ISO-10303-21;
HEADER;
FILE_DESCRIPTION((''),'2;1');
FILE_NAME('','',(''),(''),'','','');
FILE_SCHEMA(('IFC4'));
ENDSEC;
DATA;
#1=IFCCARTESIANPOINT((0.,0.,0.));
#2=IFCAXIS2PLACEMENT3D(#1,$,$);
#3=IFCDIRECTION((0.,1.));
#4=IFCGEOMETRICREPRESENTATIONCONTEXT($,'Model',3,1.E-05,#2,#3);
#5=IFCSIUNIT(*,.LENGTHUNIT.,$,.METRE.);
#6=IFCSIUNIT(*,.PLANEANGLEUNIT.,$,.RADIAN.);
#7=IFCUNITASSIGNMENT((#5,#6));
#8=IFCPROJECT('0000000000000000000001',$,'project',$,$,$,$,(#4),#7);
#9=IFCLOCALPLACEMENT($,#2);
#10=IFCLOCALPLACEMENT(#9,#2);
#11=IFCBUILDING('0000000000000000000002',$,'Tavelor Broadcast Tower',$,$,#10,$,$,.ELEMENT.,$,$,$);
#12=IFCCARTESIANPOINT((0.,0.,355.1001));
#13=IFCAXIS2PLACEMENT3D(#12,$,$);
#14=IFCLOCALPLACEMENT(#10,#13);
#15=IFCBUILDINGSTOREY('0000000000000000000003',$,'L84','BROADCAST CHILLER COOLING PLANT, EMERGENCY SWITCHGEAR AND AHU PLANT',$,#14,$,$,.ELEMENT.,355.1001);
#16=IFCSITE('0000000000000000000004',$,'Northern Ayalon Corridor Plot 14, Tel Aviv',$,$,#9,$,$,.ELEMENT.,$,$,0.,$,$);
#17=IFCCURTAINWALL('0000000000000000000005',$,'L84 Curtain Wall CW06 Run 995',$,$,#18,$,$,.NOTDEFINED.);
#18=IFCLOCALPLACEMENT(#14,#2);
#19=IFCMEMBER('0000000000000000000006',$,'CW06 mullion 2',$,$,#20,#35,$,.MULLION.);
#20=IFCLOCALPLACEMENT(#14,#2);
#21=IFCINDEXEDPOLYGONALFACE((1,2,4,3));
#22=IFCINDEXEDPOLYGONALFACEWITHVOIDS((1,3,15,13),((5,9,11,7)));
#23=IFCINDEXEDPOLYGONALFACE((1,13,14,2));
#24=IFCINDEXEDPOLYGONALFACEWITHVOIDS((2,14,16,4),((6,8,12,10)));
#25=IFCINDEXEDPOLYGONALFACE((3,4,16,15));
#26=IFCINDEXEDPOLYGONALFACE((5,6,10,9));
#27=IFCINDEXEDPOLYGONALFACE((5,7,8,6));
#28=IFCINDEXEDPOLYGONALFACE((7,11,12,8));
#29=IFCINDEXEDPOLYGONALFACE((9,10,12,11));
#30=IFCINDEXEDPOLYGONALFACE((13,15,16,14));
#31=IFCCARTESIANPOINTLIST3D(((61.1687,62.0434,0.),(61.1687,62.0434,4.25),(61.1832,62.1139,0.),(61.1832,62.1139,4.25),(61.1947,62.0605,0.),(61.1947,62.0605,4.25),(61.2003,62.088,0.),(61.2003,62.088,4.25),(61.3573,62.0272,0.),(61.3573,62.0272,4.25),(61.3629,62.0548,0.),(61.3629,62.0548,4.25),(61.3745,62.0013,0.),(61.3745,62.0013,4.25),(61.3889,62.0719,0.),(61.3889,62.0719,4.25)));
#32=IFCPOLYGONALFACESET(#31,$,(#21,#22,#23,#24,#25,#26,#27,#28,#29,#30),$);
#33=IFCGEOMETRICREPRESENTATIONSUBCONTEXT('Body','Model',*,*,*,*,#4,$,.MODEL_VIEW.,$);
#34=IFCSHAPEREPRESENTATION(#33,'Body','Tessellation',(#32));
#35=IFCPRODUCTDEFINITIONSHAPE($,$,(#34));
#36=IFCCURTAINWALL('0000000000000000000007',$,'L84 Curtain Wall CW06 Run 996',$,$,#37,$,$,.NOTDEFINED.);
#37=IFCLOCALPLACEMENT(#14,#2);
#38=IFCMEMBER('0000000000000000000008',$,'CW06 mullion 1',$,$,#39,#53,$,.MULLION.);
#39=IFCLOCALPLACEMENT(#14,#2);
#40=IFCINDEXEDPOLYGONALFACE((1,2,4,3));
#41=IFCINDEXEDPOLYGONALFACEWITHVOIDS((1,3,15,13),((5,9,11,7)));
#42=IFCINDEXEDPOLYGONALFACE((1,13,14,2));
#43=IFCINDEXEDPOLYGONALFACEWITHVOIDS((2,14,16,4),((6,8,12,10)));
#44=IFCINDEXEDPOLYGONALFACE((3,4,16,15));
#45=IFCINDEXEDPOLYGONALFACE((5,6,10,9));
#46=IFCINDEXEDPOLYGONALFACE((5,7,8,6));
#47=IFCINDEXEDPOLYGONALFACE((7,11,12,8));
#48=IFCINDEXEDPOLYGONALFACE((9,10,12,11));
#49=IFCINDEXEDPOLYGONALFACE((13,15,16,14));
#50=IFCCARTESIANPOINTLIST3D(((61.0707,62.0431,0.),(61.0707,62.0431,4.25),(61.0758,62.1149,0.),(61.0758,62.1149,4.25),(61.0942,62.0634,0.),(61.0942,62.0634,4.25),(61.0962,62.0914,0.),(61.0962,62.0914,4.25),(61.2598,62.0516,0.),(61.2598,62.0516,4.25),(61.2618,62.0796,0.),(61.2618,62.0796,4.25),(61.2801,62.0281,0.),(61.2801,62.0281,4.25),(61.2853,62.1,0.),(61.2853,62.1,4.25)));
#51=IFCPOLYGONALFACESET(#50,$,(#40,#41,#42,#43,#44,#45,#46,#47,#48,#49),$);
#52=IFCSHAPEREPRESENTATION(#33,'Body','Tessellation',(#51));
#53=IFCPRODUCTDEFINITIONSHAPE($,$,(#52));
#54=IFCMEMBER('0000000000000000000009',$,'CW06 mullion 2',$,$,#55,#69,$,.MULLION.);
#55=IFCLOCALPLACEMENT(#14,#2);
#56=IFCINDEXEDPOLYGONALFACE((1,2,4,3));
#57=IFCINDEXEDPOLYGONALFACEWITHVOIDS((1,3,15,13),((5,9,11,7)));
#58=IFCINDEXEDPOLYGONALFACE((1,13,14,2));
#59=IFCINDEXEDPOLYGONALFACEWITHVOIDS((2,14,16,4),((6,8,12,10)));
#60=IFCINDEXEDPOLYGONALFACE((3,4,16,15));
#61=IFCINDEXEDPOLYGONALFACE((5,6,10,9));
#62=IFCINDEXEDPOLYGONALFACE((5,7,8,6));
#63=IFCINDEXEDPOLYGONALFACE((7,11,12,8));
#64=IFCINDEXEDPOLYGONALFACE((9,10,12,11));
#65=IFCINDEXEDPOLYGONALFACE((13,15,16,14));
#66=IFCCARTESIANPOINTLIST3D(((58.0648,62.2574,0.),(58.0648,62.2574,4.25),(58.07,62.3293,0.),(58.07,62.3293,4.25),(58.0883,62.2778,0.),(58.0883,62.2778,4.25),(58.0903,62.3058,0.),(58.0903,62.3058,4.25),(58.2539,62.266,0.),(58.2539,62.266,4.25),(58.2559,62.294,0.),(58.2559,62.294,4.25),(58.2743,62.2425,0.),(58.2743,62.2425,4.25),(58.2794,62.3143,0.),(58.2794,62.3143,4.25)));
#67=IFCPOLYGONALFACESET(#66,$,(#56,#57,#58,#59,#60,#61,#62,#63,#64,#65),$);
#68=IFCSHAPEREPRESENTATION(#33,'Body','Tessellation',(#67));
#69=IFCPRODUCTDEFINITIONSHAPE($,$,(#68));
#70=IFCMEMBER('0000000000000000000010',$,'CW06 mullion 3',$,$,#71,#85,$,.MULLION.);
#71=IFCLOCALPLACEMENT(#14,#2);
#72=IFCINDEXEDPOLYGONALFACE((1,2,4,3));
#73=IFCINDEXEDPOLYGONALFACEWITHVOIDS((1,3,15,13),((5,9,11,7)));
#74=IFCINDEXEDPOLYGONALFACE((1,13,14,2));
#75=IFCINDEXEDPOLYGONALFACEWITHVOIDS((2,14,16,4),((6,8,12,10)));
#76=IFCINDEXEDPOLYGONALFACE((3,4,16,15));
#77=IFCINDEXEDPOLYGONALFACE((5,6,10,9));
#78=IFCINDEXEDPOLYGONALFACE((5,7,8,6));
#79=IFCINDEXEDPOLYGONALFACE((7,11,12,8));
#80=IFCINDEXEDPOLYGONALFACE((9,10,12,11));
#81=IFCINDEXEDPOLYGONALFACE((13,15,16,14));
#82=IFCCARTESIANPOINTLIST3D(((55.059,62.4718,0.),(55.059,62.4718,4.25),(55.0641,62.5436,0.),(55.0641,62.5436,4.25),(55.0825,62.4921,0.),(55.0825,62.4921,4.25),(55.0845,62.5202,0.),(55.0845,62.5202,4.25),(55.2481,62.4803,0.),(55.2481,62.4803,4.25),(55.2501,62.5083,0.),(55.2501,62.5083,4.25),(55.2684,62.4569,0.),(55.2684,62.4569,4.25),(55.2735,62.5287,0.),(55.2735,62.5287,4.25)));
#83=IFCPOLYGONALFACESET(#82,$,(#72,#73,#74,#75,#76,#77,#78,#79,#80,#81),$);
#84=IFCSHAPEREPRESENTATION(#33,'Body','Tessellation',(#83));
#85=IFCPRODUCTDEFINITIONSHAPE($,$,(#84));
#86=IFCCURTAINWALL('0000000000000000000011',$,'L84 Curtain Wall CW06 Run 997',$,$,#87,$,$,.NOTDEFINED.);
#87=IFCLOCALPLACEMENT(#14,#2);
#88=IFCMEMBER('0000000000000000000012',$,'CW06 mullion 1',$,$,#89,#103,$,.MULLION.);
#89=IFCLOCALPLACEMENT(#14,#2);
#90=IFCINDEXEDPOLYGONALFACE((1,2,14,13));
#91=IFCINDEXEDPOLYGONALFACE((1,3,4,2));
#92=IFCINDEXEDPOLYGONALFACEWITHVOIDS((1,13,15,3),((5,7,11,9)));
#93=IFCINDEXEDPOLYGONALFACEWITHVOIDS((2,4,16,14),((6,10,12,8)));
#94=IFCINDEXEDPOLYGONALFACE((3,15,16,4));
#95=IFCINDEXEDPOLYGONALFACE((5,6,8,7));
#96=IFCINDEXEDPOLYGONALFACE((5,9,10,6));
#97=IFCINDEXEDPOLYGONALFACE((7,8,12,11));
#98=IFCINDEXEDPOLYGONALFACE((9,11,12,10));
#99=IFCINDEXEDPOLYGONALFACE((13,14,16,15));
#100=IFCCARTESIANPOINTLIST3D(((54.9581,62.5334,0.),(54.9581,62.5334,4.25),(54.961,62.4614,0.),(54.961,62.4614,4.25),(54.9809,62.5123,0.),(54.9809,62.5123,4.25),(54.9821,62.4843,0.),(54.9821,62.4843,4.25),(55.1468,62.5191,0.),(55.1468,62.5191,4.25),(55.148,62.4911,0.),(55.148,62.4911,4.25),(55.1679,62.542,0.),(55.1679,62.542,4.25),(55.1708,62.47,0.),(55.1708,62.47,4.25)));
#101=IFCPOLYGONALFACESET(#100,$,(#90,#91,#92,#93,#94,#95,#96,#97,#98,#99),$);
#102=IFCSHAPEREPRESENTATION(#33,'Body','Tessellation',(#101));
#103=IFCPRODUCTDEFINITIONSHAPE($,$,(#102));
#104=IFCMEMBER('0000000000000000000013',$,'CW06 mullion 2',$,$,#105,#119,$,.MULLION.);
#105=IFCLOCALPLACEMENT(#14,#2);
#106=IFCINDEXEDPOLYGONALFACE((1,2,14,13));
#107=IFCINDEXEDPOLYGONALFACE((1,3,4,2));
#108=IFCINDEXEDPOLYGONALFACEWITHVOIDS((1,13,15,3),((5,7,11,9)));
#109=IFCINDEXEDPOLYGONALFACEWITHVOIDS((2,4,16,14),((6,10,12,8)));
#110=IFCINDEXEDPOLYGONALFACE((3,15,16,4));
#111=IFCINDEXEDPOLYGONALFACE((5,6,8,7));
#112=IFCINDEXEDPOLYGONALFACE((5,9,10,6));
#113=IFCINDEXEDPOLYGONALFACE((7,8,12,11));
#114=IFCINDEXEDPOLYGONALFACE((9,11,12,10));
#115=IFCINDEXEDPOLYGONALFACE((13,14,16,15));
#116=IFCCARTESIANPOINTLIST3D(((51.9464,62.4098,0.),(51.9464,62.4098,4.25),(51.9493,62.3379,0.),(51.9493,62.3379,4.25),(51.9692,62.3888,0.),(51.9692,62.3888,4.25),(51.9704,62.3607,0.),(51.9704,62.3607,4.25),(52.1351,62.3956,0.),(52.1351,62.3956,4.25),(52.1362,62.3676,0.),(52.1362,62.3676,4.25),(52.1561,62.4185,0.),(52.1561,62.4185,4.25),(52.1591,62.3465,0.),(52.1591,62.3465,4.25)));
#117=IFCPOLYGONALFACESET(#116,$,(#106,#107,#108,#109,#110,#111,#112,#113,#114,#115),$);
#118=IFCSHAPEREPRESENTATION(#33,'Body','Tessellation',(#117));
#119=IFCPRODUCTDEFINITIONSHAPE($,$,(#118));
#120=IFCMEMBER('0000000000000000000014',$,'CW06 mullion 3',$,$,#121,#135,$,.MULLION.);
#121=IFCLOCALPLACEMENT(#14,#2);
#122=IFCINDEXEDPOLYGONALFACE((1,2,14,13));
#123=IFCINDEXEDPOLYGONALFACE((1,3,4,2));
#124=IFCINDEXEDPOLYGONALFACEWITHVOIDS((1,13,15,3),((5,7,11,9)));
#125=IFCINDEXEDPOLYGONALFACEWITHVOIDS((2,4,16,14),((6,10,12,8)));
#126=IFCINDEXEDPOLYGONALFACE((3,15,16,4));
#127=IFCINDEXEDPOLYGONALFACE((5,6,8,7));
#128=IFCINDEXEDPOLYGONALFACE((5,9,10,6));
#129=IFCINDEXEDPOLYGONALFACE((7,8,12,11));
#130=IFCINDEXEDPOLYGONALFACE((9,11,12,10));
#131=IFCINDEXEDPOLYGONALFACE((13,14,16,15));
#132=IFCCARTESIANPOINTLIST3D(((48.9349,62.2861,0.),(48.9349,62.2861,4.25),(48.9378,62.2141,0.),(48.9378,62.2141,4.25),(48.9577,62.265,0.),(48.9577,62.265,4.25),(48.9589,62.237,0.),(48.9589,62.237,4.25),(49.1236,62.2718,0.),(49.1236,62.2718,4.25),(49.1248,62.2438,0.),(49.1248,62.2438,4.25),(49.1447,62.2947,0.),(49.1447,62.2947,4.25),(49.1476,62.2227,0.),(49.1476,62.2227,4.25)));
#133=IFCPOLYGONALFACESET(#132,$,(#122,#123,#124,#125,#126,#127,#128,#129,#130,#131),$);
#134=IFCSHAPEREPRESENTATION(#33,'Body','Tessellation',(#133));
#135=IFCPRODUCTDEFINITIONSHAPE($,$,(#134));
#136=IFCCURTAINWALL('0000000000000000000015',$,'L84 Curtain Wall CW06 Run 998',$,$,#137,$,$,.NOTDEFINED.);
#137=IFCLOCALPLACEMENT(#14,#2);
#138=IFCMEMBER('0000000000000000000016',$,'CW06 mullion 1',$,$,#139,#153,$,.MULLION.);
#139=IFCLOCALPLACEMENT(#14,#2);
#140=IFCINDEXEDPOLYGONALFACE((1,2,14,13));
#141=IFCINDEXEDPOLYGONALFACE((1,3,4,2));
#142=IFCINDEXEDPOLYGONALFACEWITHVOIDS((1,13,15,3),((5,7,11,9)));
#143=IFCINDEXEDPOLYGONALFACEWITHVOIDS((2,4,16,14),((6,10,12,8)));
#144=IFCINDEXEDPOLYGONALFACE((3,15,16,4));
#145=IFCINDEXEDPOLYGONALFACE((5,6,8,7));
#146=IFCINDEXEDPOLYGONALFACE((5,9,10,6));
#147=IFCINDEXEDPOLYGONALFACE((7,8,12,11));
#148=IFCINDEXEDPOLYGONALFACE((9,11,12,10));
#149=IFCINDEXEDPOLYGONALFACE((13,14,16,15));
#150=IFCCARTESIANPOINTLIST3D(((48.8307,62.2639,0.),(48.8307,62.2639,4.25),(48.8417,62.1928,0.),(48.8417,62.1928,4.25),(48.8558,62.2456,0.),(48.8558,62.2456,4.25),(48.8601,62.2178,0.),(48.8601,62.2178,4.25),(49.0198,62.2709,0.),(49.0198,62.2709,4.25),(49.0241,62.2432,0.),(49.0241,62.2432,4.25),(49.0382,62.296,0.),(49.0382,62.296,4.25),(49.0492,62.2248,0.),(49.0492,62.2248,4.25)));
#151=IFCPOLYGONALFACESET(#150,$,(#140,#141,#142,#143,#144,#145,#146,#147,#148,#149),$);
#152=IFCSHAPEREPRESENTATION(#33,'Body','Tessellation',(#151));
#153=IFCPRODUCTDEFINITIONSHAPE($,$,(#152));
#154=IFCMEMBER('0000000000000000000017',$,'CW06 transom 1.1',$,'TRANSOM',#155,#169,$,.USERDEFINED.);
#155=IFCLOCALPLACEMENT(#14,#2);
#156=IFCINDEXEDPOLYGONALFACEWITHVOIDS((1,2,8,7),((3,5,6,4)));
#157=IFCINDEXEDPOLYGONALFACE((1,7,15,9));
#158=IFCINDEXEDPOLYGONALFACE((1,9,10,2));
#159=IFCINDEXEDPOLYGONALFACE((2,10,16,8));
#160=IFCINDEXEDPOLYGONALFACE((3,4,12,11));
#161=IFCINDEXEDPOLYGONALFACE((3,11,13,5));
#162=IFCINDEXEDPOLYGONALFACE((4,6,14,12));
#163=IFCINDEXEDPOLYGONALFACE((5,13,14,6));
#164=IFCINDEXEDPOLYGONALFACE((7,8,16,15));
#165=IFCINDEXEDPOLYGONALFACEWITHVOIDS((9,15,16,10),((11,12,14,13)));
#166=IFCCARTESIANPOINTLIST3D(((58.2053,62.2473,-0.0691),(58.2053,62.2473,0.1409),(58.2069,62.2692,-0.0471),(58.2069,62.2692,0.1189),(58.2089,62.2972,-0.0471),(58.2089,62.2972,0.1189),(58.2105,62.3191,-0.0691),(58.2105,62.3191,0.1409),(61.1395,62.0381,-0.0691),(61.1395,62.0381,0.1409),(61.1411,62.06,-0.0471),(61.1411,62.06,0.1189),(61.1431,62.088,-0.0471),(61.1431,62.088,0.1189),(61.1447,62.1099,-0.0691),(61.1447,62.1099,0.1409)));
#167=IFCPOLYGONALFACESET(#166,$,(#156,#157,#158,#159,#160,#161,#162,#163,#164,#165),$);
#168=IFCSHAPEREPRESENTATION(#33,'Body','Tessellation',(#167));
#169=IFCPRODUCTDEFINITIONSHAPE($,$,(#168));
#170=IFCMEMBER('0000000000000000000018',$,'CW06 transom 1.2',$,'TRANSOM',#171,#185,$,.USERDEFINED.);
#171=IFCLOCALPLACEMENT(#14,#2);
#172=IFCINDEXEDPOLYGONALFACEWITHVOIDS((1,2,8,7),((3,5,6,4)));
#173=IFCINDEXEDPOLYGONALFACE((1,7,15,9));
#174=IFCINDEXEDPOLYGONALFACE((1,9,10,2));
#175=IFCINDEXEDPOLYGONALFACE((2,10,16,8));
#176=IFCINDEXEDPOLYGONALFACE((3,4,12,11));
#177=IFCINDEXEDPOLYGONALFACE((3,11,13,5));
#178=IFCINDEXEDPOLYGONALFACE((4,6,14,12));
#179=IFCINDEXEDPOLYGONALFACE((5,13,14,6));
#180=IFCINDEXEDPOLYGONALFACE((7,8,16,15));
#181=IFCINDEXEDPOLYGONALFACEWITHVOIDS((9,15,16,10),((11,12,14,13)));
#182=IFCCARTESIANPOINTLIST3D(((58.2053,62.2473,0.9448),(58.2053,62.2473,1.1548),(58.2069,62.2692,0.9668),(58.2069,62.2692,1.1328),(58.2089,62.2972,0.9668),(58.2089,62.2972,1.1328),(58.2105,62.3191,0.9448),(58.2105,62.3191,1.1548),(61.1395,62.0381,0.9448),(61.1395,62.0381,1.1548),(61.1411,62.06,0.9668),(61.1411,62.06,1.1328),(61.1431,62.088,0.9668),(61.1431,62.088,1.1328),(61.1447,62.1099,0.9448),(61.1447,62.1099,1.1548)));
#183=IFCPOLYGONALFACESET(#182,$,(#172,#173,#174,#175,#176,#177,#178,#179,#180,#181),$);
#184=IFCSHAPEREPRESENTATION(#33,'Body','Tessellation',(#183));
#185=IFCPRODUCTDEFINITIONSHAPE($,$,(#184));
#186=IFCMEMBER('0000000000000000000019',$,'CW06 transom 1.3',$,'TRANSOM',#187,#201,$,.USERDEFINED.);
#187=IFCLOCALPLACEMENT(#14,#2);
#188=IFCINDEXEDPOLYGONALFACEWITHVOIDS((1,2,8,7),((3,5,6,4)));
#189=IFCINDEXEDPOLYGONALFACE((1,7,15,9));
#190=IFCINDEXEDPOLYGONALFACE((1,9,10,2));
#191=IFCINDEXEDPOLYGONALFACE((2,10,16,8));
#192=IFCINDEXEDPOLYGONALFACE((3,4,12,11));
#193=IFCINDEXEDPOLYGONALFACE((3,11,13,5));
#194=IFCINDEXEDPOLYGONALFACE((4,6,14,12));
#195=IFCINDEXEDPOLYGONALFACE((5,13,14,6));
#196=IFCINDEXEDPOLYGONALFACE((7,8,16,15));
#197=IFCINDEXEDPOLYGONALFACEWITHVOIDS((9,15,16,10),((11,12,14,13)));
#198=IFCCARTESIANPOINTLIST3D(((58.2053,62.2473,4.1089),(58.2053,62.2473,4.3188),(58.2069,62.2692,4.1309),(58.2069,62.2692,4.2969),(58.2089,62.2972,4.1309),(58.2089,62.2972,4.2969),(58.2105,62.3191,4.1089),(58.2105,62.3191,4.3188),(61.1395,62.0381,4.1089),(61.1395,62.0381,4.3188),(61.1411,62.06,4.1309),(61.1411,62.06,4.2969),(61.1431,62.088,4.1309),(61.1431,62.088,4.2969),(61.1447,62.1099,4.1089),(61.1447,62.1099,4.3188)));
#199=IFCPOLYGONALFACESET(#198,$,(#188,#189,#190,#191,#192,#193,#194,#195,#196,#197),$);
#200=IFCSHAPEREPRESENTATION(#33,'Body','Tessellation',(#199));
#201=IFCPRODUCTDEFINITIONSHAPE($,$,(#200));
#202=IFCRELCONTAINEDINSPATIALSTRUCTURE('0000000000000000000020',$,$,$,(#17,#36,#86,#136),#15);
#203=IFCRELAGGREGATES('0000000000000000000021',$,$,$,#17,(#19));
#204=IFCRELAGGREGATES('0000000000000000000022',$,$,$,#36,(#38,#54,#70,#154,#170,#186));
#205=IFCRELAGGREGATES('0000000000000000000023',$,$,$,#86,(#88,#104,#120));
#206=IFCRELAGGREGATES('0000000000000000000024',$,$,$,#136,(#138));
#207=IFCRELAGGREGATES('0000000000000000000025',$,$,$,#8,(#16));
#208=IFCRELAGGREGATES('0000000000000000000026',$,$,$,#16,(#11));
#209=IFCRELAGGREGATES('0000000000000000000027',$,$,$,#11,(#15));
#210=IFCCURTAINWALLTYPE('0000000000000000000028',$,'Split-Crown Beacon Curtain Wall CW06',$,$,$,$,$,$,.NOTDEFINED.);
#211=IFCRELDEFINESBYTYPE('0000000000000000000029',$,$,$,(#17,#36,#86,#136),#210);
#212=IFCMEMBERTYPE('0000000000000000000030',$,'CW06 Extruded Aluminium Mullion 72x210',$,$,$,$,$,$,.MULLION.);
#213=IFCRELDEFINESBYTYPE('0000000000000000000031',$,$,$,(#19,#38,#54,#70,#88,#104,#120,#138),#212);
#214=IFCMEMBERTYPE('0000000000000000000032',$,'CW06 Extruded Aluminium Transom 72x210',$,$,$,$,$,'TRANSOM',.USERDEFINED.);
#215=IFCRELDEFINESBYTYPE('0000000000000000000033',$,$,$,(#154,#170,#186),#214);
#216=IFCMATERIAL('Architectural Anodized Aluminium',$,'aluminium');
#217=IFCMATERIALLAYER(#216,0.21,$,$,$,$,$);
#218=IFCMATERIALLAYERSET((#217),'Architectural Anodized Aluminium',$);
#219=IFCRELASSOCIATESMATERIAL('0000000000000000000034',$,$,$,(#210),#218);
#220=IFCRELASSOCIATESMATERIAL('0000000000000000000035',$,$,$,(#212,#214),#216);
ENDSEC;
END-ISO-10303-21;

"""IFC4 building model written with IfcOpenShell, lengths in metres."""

from ifc_helpers import new_model, si_unit, direction, frame, origin, origin_2d, place, context, subcontext, project, spatial, hollow_rectangle, extrude, source, transform, mapped, material, layer, layer_set, material_profile, profile_set, type_object, type_shapes, element, aggregate, save


model = new_model("IFC4")

# Units and contexts
model_context = context("Model", 3, precision=1e-05, world=origin(), true_north=direction((0.0, 1.0)))
body_context = subcontext(model_context, "Body", "Model", "MODEL_VIEW")
ifc_project = project(units=[si_unit("LENGTHUNIT", "METRE"), si_unit("PLANEANGLEUNIT", "RADIAN")], contexts=[model_context])

# Site, building, storey
site_placement = place(None, origin())
site = spatial("IfcSite", under=ifc_project, at=site_placement, Name="Northern Ayalon Corridor Plot 14, Tel Aviv", CompositionType="ELEMENT", RefElevation=0.0)
building_placement = place(site_placement, origin())
building = spatial("IfcBuilding", under=site, at=building_placement, Name="Tavelor Broadcast Tower", CompositionType="ELEMENT")
storey_placement = place(building_placement, frame((0.0, 0.0, 355.1001)))
storey = spatial("IfcBuildingStorey", under=building, at=storey_placement, Name="L84", Description="BROADCAST CHILLER COOLING PLANT, EMERGENCY SWITCHGEAR AND AHU PLANT", CompositionType="ELEMENT", Elevation=355.1001)

# Curtain wall, member
ifc_material_1 = material(Name="Architectural Anodized Aluminium", Category="aluminium")
ifc_layer_1 = layer(ifc_material_1, 0.21)
ifc_layer_set_1 = layer_set([ifc_layer_1], Name="Architectural Anodized Aluminium")
curtain_wall_type = type_object("IfcCurtainWallType", Name="Split-Crown Beacon Curtain Wall CW06", PredefinedType="NOTDEFINED", material=ifc_layer_set_1)
curtain_wall_1_placement = place(storey_placement, origin())
curtain_wall_1 = element("IfcCurtainWall", 1, at=curtain_wall_1_placement, inside=storey, type_object=curtain_wall_type, Name="L84 Curtain Wall CW06 Run 995", PredefinedType="NOTDEFINED")
ifc_material_profile_1 = material_profile(ifc_material_1, hollow_rectangle(XDim=0.072, YDim=0.21, WallThickness=0.022, at=origin_2d()), Name="RHS 72x210x22")
ifc_profile_set_1 = profile_set([ifc_material_profile_1], Name="Architectural Anodized Aluminium")
member_type_1 = type_object("IfcMemberType", Name="CW06 Extruded Aluminium Mullion 72x210", PredefinedType="MULLION", material=ifc_profile_set_1)
shared_shape_1 = source(origin(), body_context, "Body", "SweptSolid", [
    extrude(hollow_rectangle(XDim=0.072, YDim=0.21, WallThickness=0.022, at=origin_2d()), origin(), (0.0, 0.0, 1.0), 4.25),
])
type_shapes(member_type_1, [shared_shape_1])
member_1_placement = place(storey_placement, frame((61.2788, 62.0576, 0.0), z_axis=(0.0, 0.0, 1.0), x_axis=(-0.200184, -0.979758, 0.0)))
member_1 = element("IfcMember", 2, at=member_1_placement, type_object=member_type_1, Name="CW06 mullion 2", PredefinedType="MULLION", context=body_context, shape_type="MappedRepresentation", body=[
    mapped(shared_shape_1, transform((0.0, 0.0, 0.0), scale=1.0)),
])
aggregate(curtain_wall_1, [member_1])

# Curtain walls, members
curtain_wall_2_placement = place(storey_placement, origin())
curtain_wall_2 = element("IfcCurtainWall", 3, at=curtain_wall_2_placement, inside=storey, type_object=curtain_wall_type, Name="L84 Curtain Wall CW06 Run 996", PredefinedType="NOTDEFINED")
member_2_placement = place(storey_placement, frame((61.178, 62.0715, 0.0), z_axis=(0.0, 0.0, 1.0), x_axis=(-0.071142, -0.997466, 0.0)))
member_2 = element("IfcMember", 4, at=member_2_placement, type_object=member_type_1, Name="CW06 mullion 1", PredefinedType="MULLION", context=body_context, shape_type="MappedRepresentation", body=[
    mapped(shared_shape_1, transform((0.0, 0.0, 0.0), scale=1.0)),
])
member_3_placement = place(storey_placement, frame((58.1721, 62.2859, 0.0), z_axis=(0.0, 0.0, 1.0), x_axis=(-0.071142, -0.997466, 0.0)))
member_3 = element("IfcMember", 5, at=member_3_placement, type_object=member_type_1, Name="CW06 mullion 2", PredefinedType="MULLION", context=body_context, shape_type="MappedRepresentation", body=[
    mapped(shared_shape_1, transform((0.0, 0.0, 0.0), scale=1.0)),
])
member_4_placement = place(storey_placement, frame((55.1663, 62.5002, 0.0), z_axis=(0.0, 0.0, 1.0), x_axis=(-0.071142, -0.997466, 0.0)))
member_4 = element("IfcMember", 6, at=member_4_placement, type_object=member_type_1, Name="CW06 mullion 3", PredefinedType="MULLION", context=body_context, shape_type="MappedRepresentation", body=[
    mapped(shared_shape_1, transform((0.0, 0.0, 0.0), scale=1.0)),
])
curtain_wall_3_placement = place(storey_placement, origin())
curtain_wall_3 = element("IfcCurtainWall", 7, at=curtain_wall_3_placement, inside=storey, type_object=curtain_wall_type, Name="L84 Curtain Wall CW06 Run 997", PredefinedType="NOTDEFINED")
member_5_placement = place(storey_placement, frame((55.0645, 62.5017, 0.0), z_axis=(0.0, 0.0, 1.0), x_axis=(0.041031, -0.999158, 0.0)))
member_5 = element("IfcMember", 8, at=member_5_placement, type_object=member_type_1, Name="CW06 mullion 1", PredefinedType="MULLION", context=body_context, shape_type="MappedRepresentation", body=[
    mapped(shared_shape_1, transform((0.0, 0.0, 0.0), scale=1.0)),
])
member_6_placement = place(storey_placement, frame((52.0527, 62.3782, 0.0), z_axis=(0.0, 0.0, 1.0), x_axis=(0.041031, -0.999158, 0.0)))
member_6 = element("IfcMember", 9, at=member_6_placement, type_object=member_type_1, Name="CW06 mullion 2", PredefinedType="MULLION", context=body_context, shape_type="MappedRepresentation", body=[
    mapped(shared_shape_1, transform((0.0, 0.0, 0.0), scale=1.0)),
])
member_7_placement = place(storey_placement, frame((49.0413, 62.2544, 0.0), z_axis=(0.0, 0.0, 1.0), x_axis=(0.041031, -0.999158, 0.0)))
member_7 = element("IfcMember", 10, at=member_7_placement, type_object=member_type_1, Name="CW06 mullion 3", PredefinedType="MULLION", context=body_context, shape_type="MappedRepresentation", body=[
    mapped(shared_shape_1, transform((0.0, 0.0, 0.0), scale=1.0)),
])

# Curtain wall, member
curtain_wall_4_placement = place(storey_placement, origin())
curtain_wall_4 = element("IfcCurtainWall", 11, at=curtain_wall_4_placement, inside=storey, type_object=curtain_wall_type, Name="L84 Curtain Wall CW06 Run 998", PredefinedType="NOTDEFINED")
member_8_placement = place(storey_placement, frame((48.9399, 62.2444, 0.0), z_axis=(0.0, 0.0, 1.0), x_axis=(0.152715, -0.98827, 0.0)))
member_8 = element("IfcMember", 12, at=member_8_placement, type_object=member_type_1, Name="CW06 mullion 1", PredefinedType="MULLION", context=body_context, shape_type="MappedRepresentation", body=[
    mapped(shared_shape_1, transform((0.0, 0.0, 0.0), scale=1.0)),
])

# Members
ifc_material_profile_2 = material_profile(ifc_material_1, hollow_rectangle(XDim=0.072, YDim=0.21, WallThickness=0.022, at=origin_2d()), Name="RHS 72x210x22")
ifc_profile_set_2 = profile_set([ifc_material_profile_2], Name="Architectural Anodized Aluminium")
member_type_2 = type_object("IfcMemberType", Name="CW06 Extruded Aluminium Transom 72x210", ElementType="TRANSOM", PredefinedType="USERDEFINED", material=ifc_profile_set_2)
shared_shape_2 = source(origin(), body_context, "Body", "SweptSolid", [
    extrude(hollow_rectangle(XDim=0.072, YDim=0.21, WallThickness=0.022, at=origin_2d()), origin(), (0.0, 0.0, 1.0), 2.9417),
])
member_9_placement = place(storey_placement, frame((61.1421, 62.074, 0.0359), z_axis=(-0.997467, 0.071129, 0.0), x_axis=(-0.071129, -0.997467, 0.0)))
member_9 = element("IfcMember", 13, at=member_9_placement, type_object=member_type_2, Name="CW06 transom 1.1", ObjectType="TRANSOM", PredefinedType="USERDEFINED", context=body_context, shape_type="MappedRepresentation", body=[
    mapped(shared_shape_2, transform((0.0, 0.0, 0.0), scale=1.0)),
])
member_10_placement = place(storey_placement, frame((61.1421, 62.074, 1.0498), z_axis=(-0.997467, 0.071129, 0.0), x_axis=(-0.071129, -0.997467, 0.0)))
member_10 = element("IfcMember", 14, at=member_10_placement, type_object=member_type_2, Name="CW06 transom 1.2", ObjectType="TRANSOM", PredefinedType="USERDEFINED", context=body_context, shape_type="MappedRepresentation", body=[
    mapped(shared_shape_2, transform((0.0, 0.0, 0.0), scale=1.0)),
])
member_11_placement = place(storey_placement, frame((61.1421, 62.074, 4.2139), z_axis=(-0.997467, 0.071129, 0.0), x_axis=(-0.071129, -0.997467, 0.0)))
member_11 = element("IfcMember", 15, at=member_11_placement, type_object=member_type_2, Name="CW06 transom 1.3", ObjectType="TRANSOM", PredefinedType="USERDEFINED", context=body_context, shape_type="MappedRepresentation", body=[
    mapped(shared_shape_2, transform((0.0, 0.0, 0.0), scale=1.0)),
])

aggregate(curtain_wall_2, [member_2, member_3, member_4, member_9, member_10, member_11])
aggregate(curtain_wall_3, [member_5, member_6, member_7])
aggregate(curtain_wall_4, [member_8])

save(model, "model.ifc")
